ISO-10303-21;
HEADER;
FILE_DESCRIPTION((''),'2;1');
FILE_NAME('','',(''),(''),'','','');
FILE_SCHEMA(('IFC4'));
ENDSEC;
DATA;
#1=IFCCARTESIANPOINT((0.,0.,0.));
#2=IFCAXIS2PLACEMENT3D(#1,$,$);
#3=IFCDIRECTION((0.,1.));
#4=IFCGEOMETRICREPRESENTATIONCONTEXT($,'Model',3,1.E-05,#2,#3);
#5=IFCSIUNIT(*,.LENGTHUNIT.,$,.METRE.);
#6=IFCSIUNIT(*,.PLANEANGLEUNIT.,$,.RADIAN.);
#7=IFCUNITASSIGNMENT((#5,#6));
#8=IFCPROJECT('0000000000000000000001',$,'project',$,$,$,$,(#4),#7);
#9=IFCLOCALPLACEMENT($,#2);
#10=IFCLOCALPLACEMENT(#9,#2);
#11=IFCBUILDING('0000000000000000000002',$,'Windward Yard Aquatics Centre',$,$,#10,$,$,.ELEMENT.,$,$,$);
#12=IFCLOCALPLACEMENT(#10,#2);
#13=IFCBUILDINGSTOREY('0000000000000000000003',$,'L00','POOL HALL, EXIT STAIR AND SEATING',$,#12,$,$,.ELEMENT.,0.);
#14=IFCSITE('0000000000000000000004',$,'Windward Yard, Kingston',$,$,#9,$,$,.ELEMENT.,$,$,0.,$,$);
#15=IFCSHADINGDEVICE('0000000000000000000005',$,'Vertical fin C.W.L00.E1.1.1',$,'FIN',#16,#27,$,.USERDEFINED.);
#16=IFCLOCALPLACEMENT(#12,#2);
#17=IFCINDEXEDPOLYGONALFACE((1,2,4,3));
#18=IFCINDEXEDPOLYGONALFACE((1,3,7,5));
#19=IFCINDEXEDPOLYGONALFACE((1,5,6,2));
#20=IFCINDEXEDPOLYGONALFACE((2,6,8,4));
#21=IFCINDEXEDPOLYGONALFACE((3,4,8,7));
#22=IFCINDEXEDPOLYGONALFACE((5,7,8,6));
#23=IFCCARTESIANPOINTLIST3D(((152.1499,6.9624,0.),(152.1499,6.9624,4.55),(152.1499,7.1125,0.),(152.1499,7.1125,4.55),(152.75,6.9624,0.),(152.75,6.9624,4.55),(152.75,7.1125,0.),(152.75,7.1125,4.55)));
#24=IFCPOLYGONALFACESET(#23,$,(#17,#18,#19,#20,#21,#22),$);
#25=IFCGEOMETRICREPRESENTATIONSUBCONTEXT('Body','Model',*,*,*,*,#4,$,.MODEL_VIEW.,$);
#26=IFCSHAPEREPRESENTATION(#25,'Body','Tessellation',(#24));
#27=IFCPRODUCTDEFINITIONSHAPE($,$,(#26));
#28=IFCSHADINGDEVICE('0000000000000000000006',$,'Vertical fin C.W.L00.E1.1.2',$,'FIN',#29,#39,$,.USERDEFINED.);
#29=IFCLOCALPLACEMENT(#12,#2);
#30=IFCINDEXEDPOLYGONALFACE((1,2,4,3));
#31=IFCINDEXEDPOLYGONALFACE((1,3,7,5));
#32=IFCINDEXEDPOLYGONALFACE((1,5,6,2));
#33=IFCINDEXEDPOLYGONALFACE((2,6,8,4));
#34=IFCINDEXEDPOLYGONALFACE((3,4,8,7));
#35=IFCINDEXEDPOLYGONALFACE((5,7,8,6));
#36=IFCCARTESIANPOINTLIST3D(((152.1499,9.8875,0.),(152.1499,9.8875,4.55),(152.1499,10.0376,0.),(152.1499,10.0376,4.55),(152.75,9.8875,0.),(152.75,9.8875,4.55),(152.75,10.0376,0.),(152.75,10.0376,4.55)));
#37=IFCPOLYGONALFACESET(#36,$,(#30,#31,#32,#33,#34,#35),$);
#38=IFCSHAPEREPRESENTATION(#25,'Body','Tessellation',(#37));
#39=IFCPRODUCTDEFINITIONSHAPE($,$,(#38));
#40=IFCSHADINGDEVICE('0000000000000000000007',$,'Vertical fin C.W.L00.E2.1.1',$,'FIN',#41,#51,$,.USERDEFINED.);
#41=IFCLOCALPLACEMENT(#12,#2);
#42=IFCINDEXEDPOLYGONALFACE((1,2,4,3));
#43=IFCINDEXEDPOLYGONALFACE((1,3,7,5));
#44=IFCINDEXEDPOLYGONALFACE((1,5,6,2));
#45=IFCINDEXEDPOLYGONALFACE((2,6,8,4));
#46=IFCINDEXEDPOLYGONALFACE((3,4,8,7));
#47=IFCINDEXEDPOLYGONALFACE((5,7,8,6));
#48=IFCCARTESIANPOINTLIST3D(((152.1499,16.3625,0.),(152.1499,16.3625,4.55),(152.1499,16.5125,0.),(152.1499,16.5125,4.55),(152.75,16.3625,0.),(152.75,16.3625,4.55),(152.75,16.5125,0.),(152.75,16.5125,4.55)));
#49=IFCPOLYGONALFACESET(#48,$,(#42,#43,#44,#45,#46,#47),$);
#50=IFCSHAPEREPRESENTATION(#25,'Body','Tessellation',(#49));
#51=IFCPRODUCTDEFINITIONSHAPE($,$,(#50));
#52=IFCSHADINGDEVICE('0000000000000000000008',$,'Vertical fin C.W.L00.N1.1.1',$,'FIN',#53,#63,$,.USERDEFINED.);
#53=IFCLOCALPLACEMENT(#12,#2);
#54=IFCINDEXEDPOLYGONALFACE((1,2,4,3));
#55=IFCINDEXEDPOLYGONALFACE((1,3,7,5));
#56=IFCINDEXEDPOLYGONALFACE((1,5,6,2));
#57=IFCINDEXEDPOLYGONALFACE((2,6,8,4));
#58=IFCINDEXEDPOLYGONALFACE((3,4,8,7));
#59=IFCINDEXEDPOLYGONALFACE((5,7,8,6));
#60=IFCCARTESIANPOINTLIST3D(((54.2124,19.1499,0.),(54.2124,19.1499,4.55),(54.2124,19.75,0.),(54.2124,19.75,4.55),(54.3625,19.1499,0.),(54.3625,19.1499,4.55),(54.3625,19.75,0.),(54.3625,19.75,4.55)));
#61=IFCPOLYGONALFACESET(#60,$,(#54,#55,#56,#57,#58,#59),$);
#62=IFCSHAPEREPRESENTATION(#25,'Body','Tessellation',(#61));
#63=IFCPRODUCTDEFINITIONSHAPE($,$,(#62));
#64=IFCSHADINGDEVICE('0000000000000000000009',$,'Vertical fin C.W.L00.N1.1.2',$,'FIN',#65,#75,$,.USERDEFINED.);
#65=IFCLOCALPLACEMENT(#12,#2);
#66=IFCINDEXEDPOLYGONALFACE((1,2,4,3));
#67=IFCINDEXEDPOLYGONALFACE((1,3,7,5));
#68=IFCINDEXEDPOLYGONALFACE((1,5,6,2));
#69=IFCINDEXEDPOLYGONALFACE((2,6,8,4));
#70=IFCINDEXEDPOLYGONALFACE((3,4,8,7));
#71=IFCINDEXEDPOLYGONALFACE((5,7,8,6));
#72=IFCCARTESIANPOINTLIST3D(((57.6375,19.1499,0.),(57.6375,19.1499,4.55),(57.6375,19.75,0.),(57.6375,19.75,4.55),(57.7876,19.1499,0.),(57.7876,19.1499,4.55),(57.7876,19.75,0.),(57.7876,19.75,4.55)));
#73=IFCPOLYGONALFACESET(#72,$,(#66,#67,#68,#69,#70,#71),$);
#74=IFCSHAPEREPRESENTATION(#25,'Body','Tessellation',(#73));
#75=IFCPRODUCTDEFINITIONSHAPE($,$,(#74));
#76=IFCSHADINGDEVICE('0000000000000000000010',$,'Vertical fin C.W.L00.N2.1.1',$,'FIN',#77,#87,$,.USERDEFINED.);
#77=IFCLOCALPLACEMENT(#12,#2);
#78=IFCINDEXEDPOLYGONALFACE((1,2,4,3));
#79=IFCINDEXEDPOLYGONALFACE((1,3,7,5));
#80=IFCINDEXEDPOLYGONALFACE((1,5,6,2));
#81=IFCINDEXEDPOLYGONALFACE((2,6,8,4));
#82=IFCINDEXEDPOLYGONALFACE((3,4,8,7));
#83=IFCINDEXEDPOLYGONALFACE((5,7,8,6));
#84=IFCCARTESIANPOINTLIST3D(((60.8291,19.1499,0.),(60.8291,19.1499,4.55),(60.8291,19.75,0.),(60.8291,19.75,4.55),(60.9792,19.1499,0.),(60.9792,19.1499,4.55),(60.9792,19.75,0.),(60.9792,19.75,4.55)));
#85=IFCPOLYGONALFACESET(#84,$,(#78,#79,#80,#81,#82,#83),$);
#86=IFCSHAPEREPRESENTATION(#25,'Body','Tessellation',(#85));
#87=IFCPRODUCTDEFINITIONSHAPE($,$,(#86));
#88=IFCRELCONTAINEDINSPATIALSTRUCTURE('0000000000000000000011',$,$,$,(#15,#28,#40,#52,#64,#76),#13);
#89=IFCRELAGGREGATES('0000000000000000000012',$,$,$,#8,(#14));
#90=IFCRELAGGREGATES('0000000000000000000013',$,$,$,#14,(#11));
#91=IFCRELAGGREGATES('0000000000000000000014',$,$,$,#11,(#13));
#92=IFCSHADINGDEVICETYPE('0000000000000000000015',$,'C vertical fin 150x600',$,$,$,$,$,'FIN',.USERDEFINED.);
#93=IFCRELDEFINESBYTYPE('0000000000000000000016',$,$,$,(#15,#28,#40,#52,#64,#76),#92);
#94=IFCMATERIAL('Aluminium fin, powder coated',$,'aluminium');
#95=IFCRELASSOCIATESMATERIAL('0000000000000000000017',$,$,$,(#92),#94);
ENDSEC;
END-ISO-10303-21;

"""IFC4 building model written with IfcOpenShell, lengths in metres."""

from ifc_helpers import new_model, si_unit, direction, origin, place, context, subcontext, project, spatial, polyline, outline, extrude, material, type_object, element, save


model = new_model("IFC4")

# Units and contexts
model_context = context("Model", 3, precision=1e-05, world=origin(), true_north=direction((0.0, 1.0)))
body_context = subcontext(model_context, "Body", "Model", "MODEL_VIEW")
ifc_project = project(units=[si_unit("LENGTHUNIT", "METRE"), si_unit("PLANEANGLEUNIT", "RADIAN")], contexts=[model_context])

# Site, building, storey
site_placement = place(None, origin())
site = spatial("IfcSite", under=ifc_project, at=site_placement, Name="Windward Yard, Kingston", CompositionType="ELEMENT", RefElevation=0.0)
building_placement = place(site_placement, origin())
building = spatial("IfcBuilding", under=site, at=building_placement, Name="Windward Yard Aquatics Centre", CompositionType="ELEMENT")
storey_placement = place(building_placement, origin())
storey = spatial("IfcBuildingStorey", under=building, at=storey_placement, Name="L00", Description="POOL HALL, EXIT STAIR AND SEATING", CompositionType="ELEMENT", Elevation=0.0)

# Shading devices
ifc_material_1 = material(Name="Aluminium fin, powder coated", Category="aluminium")
shading_device_type = type_object("IfcShadingDeviceType", Name="C vertical fin 150x600", ElementType="FIN", PredefinedType="USERDEFINED", material=ifc_material_1)
shading_device_1_placement = place(storey_placement, origin())
element("IfcShadingDevice", 1, at=shading_device_1_placement, inside=storey, type_object=shading_device_type, Name="Vertical fin C.W.L00.E1.1.1", ObjectType="FIN", PredefinedType="USERDEFINED", context=body_context, shape_type="SweptSolid", body=[
    extrude(outline(polyline([(152.1499, 6.9624), (152.1499, 7.1125), (152.75, 7.1125), (152.75, 6.9624), (152.1499, 6.9624)])), origin(), (0.0, 0.0, 1.0), 4.55),
])
shading_device_2_placement = place(storey_placement, origin())
element("IfcShadingDevice", 2, at=shading_device_2_placement, inside=storey, type_object=shading_device_type, Name="Vertical fin C.W.L00.E1.1.2", ObjectType="FIN", PredefinedType="USERDEFINED", context=body_context, shape_type="SweptSolid", body=[
    extrude(outline(polyline([(152.1499, 9.8875), (152.1499, 10.0376), (152.75, 10.0376), (152.75, 9.8875), (152.1499, 9.8875)])), origin(), (0.0, 0.0, 1.0), 4.55),
])
shading_device_3_placement = place(storey_placement, origin())
element("IfcShadingDevice", 3, at=shading_device_3_placement, inside=storey, type_object=shading_device_type, Name="Vertical fin C.W.L00.E2.1.1", ObjectType="FIN", PredefinedType="USERDEFINED", context=body_context, shape_type="SweptSolid", body=[
    extrude(outline(polyline([(152.1499, 16.3625), (152.1499, 16.5125), (152.75, 16.5125), (152.75, 16.3625), (152.1499, 16.3625)])), origin(), (0.0, 0.0, 1.0), 4.55),
])
shading_device_4_placement = place(storey_placement, origin())
element("IfcShadingDevice", 4, at=shading_device_4_placement, inside=storey, type_object=shading_device_type, Name="Vertical fin C.W.L00.N1.1.1", ObjectType="FIN", PredefinedType="USERDEFINED", context=body_context, shape_type="SweptSolid", body=[
    extrude(outline(polyline([(54.2124, 19.1499), (54.3625, 19.1499), (54.3625, 19.75), (54.2124, 19.75), (54.2124, 19.1499)])), origin(), (0.0, 0.0, 1.0), 4.55),
])
shading_device_5_placement = place(storey_placement, origin())
element("IfcShadingDevice", 5, at=shading_device_5_placement, inside=storey, type_object=shading_device_type, Name="Vertical fin C.W.L00.N1.1.2", ObjectType="FIN", PredefinedType="USERDEFINED", context=body_context, shape_type="SweptSolid", body=[
    extrude(outline(polyline([(57.6375, 19.1499), (57.7876, 19.1499), (57.7876, 19.75), (57.6375, 19.75), (57.6375, 19.1499)])), origin(), (0.0, 0.0, 1.0), 4.55),
])
shading_device_6_placement = place(storey_placement, origin())
element("IfcShadingDevice", 6, at=shading_device_6_placement, inside=storey, type_object=shading_device_type, Name="Vertical fin C.W.L00.N2.1.1", ObjectType="FIN", PredefinedType="USERDEFINED", context=body_context, shape_type="SweptSolid", body=[
    extrude(outline(polyline([(60.8291, 19.1499), (60.9792, 19.1499), (60.9792, 19.75), (60.8291, 19.75), (60.8291, 19.1499)])), origin(), (0.0, 0.0, 1.0), 4.55),
])

save(model, "model.ifc")
